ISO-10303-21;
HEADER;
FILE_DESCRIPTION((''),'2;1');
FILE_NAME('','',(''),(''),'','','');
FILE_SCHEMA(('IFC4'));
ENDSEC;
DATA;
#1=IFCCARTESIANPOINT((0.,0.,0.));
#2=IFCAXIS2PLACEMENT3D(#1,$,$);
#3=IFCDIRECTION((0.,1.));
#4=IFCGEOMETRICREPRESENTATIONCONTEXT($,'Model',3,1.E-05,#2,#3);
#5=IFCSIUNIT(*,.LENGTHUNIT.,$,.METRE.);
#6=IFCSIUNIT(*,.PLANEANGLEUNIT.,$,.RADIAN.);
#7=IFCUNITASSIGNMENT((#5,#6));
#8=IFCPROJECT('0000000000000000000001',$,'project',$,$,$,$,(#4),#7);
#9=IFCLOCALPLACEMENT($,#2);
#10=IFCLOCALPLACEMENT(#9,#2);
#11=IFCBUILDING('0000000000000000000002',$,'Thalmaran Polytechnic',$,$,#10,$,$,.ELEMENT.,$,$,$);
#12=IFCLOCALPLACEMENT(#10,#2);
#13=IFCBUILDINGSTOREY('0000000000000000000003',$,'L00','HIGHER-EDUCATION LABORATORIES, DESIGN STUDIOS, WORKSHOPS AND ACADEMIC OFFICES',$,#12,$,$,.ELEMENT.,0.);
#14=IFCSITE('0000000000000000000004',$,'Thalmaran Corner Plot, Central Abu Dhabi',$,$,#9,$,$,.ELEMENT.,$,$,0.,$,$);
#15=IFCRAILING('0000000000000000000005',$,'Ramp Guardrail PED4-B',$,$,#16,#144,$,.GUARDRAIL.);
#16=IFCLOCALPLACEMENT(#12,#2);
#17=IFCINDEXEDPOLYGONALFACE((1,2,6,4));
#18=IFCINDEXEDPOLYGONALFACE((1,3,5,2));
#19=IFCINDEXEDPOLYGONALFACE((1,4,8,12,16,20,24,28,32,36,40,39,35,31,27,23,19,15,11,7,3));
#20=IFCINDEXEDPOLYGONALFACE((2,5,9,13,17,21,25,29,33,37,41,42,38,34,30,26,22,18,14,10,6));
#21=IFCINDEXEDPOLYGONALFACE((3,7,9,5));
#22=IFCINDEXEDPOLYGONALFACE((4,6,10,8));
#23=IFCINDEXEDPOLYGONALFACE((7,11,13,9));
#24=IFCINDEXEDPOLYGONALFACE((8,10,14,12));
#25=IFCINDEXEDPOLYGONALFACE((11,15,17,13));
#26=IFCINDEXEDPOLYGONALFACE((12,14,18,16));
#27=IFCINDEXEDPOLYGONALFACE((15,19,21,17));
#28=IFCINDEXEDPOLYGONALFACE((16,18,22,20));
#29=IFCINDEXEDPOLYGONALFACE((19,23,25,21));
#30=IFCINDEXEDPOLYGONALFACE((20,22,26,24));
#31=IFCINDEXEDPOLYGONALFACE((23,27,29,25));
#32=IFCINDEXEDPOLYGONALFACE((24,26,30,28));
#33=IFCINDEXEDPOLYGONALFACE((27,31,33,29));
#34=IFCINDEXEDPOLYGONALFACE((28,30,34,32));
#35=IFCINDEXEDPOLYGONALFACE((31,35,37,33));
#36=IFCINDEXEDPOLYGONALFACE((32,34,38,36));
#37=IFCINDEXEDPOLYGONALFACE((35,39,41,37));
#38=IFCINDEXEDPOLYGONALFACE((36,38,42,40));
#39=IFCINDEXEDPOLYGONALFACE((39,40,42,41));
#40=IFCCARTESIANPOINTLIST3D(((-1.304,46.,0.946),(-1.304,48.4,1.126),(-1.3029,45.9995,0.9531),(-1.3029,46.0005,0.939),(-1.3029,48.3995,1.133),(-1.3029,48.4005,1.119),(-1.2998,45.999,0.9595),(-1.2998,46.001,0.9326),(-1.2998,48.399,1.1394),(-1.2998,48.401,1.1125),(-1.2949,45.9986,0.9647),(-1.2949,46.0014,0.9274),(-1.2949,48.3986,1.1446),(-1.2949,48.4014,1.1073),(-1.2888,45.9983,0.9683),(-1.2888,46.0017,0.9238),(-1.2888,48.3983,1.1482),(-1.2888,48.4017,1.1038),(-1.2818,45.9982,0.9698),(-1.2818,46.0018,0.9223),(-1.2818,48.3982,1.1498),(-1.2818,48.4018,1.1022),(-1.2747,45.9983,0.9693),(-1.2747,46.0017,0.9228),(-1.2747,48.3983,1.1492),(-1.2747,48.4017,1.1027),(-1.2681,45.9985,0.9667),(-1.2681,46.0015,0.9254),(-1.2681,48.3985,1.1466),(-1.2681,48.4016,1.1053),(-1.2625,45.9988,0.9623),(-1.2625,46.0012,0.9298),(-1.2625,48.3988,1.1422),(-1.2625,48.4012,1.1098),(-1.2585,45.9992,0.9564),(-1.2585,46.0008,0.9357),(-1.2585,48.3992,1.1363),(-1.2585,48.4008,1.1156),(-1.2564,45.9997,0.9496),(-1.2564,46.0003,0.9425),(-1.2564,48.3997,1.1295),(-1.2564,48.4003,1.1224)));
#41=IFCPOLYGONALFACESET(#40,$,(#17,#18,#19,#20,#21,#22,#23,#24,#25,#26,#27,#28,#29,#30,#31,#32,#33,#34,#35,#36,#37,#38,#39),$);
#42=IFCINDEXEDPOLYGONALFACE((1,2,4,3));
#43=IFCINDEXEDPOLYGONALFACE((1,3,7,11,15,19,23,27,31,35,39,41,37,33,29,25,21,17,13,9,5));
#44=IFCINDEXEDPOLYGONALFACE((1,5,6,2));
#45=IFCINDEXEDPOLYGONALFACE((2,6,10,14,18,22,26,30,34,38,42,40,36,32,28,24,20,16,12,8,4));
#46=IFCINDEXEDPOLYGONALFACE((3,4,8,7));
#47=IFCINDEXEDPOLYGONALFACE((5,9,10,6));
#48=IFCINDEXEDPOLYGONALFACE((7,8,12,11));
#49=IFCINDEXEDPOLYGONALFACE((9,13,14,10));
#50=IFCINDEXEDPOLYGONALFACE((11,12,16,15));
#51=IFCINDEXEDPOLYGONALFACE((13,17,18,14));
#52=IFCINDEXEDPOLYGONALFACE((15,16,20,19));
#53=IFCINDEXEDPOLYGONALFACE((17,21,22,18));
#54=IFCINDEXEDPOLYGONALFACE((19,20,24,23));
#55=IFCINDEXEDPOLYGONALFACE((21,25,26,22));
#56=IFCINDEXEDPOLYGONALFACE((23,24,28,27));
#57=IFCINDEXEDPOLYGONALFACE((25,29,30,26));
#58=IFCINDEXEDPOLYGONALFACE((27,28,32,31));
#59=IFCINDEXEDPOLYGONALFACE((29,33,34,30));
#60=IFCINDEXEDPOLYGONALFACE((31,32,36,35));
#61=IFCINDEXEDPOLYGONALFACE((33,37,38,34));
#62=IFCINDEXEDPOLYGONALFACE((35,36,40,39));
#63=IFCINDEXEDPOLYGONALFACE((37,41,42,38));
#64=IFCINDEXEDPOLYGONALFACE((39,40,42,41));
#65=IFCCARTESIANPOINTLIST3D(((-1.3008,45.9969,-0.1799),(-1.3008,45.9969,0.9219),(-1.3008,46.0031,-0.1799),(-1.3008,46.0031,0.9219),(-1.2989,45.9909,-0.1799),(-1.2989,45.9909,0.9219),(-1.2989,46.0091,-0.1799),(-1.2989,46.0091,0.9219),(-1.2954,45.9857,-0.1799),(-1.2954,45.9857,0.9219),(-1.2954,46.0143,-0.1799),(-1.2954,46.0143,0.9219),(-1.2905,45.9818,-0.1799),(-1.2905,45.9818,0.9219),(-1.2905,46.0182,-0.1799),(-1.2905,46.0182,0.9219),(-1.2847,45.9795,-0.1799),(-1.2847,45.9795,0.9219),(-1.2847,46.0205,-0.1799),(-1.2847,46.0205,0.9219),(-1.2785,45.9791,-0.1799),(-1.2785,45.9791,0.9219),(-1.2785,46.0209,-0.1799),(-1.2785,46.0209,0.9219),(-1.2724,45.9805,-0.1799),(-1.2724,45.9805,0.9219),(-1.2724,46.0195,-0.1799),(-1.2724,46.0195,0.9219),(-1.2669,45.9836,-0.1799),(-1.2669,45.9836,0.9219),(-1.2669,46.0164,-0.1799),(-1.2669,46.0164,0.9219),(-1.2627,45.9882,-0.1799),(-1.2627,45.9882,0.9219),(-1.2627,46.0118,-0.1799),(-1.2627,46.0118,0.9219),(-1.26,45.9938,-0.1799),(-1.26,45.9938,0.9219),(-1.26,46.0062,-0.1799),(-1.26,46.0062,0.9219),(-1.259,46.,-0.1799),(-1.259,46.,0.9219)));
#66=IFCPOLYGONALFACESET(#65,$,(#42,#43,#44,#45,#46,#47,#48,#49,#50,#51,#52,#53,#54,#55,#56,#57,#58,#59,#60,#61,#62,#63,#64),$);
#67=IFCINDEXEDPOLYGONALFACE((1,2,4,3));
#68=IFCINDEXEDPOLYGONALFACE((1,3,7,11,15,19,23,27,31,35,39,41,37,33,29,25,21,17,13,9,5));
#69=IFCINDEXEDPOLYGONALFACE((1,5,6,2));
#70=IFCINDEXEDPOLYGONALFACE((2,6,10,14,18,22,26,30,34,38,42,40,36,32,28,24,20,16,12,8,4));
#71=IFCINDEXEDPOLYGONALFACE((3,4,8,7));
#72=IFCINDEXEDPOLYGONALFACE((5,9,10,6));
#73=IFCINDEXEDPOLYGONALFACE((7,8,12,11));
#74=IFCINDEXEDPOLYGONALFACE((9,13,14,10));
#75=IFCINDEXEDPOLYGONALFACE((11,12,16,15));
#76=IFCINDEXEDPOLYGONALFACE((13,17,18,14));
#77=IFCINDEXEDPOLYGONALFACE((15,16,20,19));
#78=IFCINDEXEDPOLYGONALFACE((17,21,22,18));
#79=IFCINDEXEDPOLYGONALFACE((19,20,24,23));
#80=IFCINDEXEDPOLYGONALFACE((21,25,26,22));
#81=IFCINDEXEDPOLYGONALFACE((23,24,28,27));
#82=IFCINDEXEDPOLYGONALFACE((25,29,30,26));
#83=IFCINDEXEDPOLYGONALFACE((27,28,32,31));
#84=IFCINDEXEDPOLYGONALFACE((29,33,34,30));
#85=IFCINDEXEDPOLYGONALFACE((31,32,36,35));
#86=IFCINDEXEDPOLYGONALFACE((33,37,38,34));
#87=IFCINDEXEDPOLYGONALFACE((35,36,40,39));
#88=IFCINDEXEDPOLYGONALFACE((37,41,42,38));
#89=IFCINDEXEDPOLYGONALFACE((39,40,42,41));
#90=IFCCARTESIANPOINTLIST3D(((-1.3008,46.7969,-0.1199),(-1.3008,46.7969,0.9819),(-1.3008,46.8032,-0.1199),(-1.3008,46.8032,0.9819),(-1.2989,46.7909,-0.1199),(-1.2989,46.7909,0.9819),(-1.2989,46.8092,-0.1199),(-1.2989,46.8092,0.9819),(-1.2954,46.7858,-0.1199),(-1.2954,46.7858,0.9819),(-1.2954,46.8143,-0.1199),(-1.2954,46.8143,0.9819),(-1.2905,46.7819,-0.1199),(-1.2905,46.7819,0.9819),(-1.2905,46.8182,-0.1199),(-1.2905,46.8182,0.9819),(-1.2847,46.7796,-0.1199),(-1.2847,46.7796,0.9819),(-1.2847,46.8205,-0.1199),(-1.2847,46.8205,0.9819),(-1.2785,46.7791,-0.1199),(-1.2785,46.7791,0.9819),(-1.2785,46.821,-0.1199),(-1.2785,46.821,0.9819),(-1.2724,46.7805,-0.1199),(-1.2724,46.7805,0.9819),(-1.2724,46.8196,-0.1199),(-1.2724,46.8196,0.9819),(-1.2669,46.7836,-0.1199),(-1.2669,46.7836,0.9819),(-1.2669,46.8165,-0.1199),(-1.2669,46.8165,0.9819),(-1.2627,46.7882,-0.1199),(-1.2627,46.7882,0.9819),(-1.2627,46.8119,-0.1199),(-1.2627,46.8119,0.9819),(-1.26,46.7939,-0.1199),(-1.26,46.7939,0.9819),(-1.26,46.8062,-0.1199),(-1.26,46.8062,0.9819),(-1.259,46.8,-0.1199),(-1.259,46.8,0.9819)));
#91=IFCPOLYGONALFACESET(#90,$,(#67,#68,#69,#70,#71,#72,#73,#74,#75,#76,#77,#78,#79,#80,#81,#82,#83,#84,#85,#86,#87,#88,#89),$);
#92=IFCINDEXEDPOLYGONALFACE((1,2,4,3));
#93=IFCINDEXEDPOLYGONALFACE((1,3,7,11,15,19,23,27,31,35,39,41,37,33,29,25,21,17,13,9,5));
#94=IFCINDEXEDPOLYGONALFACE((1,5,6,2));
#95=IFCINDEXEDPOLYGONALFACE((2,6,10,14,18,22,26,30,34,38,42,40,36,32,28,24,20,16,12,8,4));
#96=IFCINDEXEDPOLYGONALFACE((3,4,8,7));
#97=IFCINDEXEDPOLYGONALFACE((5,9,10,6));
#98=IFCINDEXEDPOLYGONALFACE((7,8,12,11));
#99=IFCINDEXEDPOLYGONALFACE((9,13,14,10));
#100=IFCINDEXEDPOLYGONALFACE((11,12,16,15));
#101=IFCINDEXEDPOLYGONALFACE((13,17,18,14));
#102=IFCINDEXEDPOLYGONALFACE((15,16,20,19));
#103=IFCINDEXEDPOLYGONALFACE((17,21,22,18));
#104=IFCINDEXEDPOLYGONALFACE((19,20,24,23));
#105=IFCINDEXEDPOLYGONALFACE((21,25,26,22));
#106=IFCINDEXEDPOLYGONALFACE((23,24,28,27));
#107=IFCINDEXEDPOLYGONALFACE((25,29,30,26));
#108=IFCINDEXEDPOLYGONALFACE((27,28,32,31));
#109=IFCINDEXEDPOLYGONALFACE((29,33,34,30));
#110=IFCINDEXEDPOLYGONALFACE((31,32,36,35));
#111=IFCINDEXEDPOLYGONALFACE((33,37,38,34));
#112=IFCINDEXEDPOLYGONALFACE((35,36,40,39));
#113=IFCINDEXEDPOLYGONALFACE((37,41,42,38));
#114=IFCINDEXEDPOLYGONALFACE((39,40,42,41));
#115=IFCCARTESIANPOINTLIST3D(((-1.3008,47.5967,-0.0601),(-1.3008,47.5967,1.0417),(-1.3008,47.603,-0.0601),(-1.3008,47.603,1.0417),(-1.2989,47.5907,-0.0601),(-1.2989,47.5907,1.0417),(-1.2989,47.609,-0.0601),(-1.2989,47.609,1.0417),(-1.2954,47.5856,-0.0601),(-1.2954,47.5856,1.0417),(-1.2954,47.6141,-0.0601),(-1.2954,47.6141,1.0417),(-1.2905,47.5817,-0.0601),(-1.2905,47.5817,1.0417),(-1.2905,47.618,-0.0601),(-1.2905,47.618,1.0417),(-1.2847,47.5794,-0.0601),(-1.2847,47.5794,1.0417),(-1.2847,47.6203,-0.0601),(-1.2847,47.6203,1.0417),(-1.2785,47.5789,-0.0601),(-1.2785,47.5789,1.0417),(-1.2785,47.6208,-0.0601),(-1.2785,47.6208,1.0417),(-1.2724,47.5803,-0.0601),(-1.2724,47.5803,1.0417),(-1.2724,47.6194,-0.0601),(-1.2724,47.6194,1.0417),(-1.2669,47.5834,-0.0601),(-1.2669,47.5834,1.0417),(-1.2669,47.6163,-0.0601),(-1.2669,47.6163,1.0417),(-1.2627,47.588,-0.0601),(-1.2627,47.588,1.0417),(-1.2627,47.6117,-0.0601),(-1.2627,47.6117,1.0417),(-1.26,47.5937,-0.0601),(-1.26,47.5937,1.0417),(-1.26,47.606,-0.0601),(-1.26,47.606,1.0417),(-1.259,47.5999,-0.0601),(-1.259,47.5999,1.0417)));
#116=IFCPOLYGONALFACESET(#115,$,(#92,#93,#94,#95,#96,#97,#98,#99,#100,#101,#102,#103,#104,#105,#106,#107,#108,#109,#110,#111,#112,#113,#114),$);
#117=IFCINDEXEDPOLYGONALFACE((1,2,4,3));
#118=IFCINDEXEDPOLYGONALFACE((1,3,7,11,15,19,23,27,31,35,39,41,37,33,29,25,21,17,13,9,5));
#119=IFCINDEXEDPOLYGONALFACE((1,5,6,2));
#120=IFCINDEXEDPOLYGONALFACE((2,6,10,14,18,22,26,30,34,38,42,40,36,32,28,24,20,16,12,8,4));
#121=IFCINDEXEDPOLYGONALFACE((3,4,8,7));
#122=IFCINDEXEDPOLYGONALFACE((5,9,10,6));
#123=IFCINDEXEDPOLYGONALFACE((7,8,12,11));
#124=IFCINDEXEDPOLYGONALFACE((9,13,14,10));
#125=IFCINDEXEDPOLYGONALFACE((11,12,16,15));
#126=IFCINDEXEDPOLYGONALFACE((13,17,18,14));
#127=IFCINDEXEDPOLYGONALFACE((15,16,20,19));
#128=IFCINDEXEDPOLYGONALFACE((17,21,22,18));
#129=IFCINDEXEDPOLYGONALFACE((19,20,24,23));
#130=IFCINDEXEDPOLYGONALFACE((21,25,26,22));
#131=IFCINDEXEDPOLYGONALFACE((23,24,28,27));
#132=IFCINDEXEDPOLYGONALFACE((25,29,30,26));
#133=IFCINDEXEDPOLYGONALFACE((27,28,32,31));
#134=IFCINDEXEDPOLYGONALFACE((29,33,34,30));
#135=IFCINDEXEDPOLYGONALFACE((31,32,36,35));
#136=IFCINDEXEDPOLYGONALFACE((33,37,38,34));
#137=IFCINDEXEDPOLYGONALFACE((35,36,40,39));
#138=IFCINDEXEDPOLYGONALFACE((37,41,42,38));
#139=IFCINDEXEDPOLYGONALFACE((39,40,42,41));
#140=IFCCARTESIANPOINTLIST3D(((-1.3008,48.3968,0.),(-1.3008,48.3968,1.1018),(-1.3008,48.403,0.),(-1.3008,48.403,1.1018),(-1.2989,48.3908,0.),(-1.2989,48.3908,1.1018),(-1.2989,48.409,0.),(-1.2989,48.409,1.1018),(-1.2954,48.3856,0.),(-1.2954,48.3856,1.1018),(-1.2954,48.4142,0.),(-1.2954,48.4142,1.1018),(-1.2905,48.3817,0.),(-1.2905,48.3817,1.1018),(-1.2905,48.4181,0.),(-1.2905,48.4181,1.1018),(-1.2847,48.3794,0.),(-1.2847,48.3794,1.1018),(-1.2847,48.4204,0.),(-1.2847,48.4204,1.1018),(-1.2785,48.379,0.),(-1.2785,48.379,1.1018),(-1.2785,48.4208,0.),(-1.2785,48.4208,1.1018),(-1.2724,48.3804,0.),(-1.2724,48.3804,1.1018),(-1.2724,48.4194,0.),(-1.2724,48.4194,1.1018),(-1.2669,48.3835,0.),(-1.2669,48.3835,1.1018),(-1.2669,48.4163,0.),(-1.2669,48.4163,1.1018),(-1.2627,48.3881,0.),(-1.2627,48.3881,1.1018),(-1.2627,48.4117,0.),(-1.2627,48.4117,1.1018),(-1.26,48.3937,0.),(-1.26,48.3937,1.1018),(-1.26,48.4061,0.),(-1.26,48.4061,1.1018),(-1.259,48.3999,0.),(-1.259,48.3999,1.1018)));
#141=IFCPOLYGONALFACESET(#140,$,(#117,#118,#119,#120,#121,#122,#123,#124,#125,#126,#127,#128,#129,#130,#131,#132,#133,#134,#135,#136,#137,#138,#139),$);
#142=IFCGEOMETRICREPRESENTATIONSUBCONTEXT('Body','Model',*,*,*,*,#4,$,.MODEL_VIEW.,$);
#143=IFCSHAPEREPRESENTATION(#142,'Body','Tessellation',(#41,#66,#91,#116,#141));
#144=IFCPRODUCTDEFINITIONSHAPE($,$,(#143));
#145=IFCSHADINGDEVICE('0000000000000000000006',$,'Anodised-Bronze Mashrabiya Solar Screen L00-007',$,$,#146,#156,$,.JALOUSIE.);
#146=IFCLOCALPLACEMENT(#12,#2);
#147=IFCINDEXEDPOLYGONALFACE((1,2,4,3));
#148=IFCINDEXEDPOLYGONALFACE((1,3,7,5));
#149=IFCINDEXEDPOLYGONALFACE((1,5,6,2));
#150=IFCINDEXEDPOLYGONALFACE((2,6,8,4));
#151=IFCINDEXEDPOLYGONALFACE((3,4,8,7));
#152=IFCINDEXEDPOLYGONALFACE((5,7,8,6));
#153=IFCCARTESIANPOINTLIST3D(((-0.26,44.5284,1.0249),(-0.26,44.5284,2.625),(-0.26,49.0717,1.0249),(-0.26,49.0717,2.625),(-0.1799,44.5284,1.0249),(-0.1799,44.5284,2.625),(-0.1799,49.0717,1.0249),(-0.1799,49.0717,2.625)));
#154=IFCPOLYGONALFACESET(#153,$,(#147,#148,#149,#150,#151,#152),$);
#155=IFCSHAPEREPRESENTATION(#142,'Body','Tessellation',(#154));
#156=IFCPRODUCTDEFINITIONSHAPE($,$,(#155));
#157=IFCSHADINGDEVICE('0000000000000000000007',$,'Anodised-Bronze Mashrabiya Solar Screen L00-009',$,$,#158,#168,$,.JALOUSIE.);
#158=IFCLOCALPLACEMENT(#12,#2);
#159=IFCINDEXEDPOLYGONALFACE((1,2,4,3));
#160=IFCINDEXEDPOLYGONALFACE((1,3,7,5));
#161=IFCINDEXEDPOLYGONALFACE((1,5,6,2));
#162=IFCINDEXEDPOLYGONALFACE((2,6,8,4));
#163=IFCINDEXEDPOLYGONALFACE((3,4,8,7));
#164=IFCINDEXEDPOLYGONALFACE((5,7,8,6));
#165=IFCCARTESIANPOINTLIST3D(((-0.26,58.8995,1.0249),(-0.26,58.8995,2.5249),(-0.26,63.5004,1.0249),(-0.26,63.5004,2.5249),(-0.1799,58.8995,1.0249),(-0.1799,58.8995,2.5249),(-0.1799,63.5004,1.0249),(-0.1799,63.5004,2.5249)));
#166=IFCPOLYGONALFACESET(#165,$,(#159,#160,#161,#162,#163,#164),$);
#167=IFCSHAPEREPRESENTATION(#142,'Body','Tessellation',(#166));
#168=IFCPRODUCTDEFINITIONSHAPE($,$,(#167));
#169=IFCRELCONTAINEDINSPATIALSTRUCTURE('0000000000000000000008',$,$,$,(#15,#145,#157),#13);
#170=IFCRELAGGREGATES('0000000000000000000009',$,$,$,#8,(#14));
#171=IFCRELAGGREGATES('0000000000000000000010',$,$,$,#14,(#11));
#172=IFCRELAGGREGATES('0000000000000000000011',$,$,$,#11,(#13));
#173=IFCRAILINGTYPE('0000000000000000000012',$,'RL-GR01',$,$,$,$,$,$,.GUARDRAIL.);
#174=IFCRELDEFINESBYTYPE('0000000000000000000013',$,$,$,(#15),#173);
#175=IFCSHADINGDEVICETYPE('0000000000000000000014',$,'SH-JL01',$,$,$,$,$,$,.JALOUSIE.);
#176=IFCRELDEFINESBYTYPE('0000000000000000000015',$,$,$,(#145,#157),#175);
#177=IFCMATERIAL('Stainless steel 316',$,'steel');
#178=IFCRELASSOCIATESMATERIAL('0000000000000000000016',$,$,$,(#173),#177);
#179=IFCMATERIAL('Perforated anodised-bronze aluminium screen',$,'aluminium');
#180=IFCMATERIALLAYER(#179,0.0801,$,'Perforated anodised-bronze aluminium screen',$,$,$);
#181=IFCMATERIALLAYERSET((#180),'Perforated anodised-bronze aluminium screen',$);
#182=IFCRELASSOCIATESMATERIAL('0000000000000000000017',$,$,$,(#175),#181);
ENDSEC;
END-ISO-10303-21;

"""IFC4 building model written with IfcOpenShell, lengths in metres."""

from ifc_helpers import new_model, si_unit, direction, frame, origin, origin_2d, place, context, subcontext, project, spatial, rectangle, circle, extrude, material, layer, layer_set, type_object, element, save


model = new_model("IFC4")

# Units and contexts
model_context = context("Model", 3, precision=1e-05, world=origin(), true_north=direction((0.0, 1.0)))
body_context = subcontext(model_context, "Body", "Model", "MODEL_VIEW")
ifc_project = project(units=[si_unit("LENGTHUNIT", "METRE"), si_unit("PLANEANGLEUNIT", "RADIAN")], contexts=[model_context])

# Site, building, storey
site_placement = place(None, origin())
site = spatial("IfcSite", under=ifc_project, at=site_placement, Name="Thalmaran Corner Plot, Central Abu Dhabi", CompositionType="ELEMENT", RefElevation=0.0)
building_placement = place(site_placement, origin())
building = spatial("IfcBuilding", under=site, at=building_placement, Name="Thalmaran Polytechnic", CompositionType="ELEMENT")
storey_placement = place(building_placement, origin())
storey = spatial("IfcBuildingStorey", under=building, at=storey_placement, Name="L00", Description="HIGHER-EDUCATION LABORATORIES, DESIGN STUDIOS, WORKSHOPS AND ACADEMIC OFFICES", CompositionType="ELEMENT", Elevation=0.0)

# Railing
ifc_material_1 = material(Name="Stainless steel 316", Category="steel")
railing_type = type_object("IfcRailingType", Name="RL-GR01", PredefinedType="GUARDRAIL", material=ifc_material_1)
for number, where, name in (
    (1, (-1.28, 46.0, -0.1799), "Ramp Guardrail PED4-B"),
):
    element("IfcRailing", number, at=place(storey_placement, frame(where)), inside=storey, type_object=railing_type, Name=name, PredefinedType="GUARDRAIL", context=body_context, shape_type="SweptSolid", body=[
        extrude(circle(Radius=0.0239, at=origin_2d()), frame((0.0, 0.0, 1.126), z_axis=(0.0, 0.997201, 0.074765), x_axis=(-1.0, 0.0, 0.0)), (0.0, 0.0, 1.0), 2.4067),
        extrude(circle(Radius=0.021, at=origin_2d()), origin(), (0.0, 0.0, 1.0), 1.1018),
        extrude(circle(Radius=0.021, at=origin_2d()), frame((0.0, 0.8, 0.0601)), (0.0, 0.0, 1.0), 1.1018),
        extrude(circle(Radius=0.021, at=origin_2d()), frame((0.0, 1.5999, 0.1199)), (0.0, 0.0, 1.0), 1.1018),
        extrude(circle(Radius=0.021, at=origin_2d()), frame((0.0, 2.3999, 0.1799)), (0.0, 0.0, 1.0), 1.1018),
    ])

# Shading devices
ifc_material_2 = material(Name="Perforated anodised-bronze aluminium screen", Category="aluminium")
ifc_layer_1 = layer(ifc_material_2, 0.0801, Name="Perforated anodised-bronze aluminium screen")
ifc_layer_set_1 = layer_set([ifc_layer_1], Name="Perforated anodised-bronze aluminium screen")
shading_device_type = type_object("IfcShadingDeviceType", Name="SH-JL01", PredefinedType="JALOUSIE", material=ifc_layer_set_1)
shading_device_1_placement = place(storey_placement, frame((-0.22, 46.8, 1.0249), z_axis=(0.0, 0.0, 1.0), x_axis=(0.0, 1.0, 0.0)))
element("IfcShadingDevice", 2, at=shading_device_1_placement, inside=storey, type_object=shading_device_type, Name="Anodised-Bronze Mashrabiya Solar Screen L00-007", PredefinedType="JALOUSIE", context=body_context, shape_type="SweptSolid", body=[
    extrude(rectangle(XDim=4.5432, YDim=0.0801, at=origin_2d()), origin(), (0.0, 0.0, 1.0), 1.6001),
])
shading_device_2_placement = place(storey_placement, frame((-0.22, 61.2, 1.0249), z_axis=(0.0, 0.0, 1.0), x_axis=(0.0, 1.0, 0.0)))
element("IfcShadingDevice", 3, at=shading_device_2_placement, inside=storey, type_object=shading_device_type, Name="Anodised-Bronze Mashrabiya Solar Screen L00-009", PredefinedType="JALOUSIE", context=body_context, shape_type="SweptSolid", body=[
    extrude(rectangle(XDim=4.6008, YDim=0.0801, at=origin_2d()), origin(), (0.0, 0.0, 1.0), 1.5),
])

save(model, "model.ifc")
